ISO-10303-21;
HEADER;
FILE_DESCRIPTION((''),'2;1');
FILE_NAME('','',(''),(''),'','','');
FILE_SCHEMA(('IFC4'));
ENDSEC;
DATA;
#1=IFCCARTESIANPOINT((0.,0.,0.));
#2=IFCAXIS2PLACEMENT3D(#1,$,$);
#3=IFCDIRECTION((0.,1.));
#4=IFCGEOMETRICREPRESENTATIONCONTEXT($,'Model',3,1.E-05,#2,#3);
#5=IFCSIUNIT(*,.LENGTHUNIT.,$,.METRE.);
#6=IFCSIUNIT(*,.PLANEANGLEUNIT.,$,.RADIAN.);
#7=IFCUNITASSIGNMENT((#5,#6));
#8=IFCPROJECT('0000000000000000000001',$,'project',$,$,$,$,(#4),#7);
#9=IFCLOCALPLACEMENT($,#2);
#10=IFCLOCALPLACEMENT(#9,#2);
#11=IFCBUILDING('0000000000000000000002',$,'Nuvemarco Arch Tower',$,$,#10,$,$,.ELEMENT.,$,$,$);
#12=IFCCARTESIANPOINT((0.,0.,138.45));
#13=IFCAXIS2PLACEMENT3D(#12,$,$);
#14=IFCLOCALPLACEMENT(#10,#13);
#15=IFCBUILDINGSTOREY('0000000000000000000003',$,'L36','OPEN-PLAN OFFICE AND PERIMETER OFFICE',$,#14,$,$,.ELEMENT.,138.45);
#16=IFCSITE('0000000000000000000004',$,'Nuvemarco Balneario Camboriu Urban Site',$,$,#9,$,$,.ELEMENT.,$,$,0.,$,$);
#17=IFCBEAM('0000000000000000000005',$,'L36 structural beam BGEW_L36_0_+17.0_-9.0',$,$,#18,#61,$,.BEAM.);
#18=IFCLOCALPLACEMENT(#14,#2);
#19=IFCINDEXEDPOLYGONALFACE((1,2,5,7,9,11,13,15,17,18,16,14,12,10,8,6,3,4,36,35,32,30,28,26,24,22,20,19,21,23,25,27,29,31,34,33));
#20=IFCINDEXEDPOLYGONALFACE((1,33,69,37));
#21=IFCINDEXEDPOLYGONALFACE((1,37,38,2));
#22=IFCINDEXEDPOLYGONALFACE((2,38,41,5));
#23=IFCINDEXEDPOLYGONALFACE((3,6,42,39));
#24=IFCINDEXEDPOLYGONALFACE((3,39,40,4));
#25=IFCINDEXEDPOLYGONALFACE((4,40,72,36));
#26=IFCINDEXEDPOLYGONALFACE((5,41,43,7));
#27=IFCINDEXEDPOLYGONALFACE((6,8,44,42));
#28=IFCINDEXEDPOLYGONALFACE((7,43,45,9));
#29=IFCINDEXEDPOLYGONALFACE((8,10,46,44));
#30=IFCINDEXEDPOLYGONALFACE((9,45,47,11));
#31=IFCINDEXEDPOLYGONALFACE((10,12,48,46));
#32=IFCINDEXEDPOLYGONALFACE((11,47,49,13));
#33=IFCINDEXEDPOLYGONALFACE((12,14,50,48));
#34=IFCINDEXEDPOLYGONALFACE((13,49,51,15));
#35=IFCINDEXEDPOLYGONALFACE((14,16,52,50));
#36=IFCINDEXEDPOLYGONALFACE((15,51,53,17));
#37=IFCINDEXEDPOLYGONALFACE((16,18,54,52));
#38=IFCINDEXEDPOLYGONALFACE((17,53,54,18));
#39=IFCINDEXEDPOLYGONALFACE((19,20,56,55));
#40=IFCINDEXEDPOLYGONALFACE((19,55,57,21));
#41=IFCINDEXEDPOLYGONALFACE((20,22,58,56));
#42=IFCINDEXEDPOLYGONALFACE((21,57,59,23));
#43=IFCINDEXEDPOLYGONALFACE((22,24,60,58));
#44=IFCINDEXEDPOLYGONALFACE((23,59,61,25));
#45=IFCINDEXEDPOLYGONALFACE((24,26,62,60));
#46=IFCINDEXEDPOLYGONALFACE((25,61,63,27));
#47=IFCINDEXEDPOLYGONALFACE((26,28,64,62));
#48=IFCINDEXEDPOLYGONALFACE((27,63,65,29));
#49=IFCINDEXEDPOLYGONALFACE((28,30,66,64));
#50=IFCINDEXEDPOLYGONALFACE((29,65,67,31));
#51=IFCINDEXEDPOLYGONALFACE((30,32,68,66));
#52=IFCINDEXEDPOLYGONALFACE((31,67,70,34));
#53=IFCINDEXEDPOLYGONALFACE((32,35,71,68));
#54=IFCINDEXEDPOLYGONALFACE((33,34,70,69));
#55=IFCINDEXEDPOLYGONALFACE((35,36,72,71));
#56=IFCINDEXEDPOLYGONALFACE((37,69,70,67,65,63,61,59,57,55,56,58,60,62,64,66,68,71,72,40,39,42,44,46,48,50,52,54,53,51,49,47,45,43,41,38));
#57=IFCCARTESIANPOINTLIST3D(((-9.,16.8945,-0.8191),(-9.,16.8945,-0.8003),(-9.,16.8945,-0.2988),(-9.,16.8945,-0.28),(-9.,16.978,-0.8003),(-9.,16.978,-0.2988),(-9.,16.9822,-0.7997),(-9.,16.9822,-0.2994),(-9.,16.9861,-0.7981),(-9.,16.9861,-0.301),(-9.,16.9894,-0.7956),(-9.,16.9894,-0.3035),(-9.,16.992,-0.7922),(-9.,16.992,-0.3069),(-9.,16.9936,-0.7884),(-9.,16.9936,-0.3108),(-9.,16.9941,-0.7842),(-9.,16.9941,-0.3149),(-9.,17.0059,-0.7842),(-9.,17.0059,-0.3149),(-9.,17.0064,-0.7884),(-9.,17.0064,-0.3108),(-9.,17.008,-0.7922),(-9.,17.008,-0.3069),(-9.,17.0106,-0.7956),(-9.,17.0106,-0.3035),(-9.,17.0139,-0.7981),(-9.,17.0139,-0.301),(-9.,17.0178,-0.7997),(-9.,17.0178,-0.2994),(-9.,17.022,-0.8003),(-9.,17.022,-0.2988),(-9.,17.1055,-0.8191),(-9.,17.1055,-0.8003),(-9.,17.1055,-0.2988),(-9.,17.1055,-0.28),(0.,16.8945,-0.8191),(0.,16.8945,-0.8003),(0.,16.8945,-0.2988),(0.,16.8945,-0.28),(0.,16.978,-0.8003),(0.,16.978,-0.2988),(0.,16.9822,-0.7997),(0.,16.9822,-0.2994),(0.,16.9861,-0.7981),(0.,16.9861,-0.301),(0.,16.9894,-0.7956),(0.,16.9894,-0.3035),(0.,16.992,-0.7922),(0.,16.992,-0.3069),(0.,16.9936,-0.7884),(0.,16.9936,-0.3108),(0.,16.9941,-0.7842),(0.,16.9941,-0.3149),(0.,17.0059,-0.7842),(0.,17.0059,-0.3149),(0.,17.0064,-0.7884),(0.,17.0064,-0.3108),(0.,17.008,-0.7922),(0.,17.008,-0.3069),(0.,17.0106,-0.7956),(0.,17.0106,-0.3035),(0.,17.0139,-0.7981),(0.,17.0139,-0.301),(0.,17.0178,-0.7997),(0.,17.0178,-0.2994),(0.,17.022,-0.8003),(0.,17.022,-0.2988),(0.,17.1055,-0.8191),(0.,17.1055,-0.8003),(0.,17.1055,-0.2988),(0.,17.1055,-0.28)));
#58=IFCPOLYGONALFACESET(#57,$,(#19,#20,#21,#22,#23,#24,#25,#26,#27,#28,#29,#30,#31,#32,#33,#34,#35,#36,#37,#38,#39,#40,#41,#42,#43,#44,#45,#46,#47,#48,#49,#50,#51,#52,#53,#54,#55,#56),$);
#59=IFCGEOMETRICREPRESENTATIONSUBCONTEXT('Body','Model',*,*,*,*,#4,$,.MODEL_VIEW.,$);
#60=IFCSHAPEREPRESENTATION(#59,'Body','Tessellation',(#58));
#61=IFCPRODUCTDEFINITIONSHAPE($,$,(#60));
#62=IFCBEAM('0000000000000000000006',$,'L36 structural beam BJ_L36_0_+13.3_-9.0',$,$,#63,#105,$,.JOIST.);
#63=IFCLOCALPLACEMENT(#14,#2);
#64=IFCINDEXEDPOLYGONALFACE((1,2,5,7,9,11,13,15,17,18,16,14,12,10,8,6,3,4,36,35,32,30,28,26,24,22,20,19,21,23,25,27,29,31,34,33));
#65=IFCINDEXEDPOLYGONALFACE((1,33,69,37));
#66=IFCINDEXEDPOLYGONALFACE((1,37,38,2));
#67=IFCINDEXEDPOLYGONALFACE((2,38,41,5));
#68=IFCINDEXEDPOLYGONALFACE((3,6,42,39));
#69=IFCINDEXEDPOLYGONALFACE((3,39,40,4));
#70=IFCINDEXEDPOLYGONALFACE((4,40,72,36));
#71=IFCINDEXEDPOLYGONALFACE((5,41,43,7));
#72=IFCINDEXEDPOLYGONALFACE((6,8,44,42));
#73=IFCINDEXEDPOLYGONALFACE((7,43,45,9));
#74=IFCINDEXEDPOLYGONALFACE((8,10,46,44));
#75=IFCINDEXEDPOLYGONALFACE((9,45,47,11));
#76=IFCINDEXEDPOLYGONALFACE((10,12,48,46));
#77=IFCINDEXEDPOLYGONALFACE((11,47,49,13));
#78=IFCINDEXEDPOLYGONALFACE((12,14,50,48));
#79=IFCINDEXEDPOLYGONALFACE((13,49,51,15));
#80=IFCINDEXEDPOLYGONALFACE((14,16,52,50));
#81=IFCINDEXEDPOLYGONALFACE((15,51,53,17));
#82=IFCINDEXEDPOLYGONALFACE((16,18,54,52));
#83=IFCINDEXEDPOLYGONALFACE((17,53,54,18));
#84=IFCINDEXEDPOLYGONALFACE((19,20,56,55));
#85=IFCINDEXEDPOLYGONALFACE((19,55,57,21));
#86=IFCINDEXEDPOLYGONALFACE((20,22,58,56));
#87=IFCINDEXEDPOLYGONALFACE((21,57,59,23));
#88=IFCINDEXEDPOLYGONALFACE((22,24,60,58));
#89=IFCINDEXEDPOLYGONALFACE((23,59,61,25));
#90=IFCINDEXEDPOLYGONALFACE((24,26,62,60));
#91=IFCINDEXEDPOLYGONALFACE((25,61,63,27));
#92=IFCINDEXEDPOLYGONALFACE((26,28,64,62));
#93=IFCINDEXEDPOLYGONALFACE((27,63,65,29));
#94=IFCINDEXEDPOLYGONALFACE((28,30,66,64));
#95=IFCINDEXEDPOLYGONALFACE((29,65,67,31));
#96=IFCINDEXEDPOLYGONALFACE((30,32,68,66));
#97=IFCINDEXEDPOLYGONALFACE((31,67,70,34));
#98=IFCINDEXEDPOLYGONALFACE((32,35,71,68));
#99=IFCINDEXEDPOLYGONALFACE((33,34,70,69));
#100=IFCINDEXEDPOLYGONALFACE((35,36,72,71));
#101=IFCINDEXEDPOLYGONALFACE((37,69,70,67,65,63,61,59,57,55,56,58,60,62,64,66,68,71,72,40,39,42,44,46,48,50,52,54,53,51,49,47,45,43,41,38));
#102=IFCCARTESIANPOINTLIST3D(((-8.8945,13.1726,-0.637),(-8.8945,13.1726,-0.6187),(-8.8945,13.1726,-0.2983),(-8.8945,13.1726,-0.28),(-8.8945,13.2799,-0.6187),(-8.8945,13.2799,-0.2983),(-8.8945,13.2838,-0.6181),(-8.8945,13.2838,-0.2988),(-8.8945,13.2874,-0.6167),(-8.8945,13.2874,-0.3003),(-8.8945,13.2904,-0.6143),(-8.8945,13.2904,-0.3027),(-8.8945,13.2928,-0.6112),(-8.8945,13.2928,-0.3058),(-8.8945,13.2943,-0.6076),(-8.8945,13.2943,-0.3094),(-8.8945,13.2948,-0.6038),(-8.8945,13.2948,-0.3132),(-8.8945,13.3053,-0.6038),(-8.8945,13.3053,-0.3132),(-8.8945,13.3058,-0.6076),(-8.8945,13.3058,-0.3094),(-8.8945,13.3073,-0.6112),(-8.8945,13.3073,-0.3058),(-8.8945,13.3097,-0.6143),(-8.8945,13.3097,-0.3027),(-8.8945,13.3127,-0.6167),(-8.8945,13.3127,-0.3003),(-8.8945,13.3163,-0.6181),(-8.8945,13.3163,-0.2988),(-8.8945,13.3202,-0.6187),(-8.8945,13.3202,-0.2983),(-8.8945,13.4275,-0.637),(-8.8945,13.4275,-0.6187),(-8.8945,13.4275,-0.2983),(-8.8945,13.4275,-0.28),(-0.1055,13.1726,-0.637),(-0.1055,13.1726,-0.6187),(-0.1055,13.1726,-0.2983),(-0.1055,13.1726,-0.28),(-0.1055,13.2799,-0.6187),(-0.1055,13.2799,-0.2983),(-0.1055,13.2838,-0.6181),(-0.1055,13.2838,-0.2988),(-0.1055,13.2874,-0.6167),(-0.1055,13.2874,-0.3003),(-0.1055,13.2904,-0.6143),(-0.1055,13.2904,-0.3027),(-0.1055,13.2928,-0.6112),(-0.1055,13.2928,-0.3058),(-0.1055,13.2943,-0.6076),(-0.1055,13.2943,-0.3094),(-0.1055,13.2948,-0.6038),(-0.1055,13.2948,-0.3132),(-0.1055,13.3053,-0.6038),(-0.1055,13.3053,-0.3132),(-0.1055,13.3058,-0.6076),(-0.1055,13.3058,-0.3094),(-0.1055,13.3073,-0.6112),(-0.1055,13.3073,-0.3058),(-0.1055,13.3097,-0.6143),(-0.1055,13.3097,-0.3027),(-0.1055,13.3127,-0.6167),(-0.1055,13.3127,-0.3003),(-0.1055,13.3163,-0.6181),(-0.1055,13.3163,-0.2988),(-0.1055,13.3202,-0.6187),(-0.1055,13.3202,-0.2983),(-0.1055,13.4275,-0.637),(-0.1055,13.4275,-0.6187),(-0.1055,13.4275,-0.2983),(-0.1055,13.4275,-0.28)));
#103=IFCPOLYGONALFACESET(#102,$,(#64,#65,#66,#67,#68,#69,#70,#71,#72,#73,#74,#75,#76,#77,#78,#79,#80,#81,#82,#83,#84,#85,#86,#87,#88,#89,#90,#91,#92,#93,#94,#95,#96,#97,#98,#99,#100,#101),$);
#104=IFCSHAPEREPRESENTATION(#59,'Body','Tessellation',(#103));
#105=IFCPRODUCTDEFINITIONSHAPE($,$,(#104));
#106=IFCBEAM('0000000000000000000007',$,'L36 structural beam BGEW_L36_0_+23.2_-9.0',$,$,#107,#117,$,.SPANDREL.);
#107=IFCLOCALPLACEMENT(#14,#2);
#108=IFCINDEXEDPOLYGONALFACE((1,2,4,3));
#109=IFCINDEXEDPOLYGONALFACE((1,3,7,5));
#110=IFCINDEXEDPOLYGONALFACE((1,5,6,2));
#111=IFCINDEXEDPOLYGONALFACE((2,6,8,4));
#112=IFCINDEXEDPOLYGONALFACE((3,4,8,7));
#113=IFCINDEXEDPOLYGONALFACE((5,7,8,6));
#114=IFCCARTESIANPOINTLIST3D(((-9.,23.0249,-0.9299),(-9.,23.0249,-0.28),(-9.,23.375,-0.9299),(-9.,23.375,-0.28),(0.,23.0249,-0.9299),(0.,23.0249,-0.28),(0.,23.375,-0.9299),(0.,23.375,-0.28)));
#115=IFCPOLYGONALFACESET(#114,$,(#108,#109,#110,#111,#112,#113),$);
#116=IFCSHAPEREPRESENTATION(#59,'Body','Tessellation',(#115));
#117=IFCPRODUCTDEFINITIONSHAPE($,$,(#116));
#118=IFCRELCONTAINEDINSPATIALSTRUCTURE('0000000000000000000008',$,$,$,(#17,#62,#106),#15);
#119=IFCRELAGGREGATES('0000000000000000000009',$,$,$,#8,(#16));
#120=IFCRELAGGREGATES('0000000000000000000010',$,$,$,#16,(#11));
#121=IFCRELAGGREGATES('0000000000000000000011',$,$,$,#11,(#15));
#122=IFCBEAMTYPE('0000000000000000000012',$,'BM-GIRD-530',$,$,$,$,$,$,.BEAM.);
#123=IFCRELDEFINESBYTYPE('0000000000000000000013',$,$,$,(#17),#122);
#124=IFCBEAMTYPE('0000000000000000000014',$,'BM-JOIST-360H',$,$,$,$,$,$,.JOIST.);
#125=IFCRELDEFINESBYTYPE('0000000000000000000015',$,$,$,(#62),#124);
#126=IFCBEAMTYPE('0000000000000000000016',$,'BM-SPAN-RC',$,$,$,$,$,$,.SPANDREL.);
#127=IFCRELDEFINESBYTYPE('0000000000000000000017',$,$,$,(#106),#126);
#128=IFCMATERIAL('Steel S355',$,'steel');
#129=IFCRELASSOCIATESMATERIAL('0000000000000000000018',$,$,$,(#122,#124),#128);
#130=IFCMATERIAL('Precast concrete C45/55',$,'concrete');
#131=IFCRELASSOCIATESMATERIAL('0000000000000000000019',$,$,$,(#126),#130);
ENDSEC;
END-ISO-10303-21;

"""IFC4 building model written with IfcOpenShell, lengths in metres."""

from ifc_helpers import new_model, si_unit, direction, frame, origin, origin_2d, place, context, subcontext, project, spatial, rectangle, i_section, extrude, material, material_profile, profile_set, type_object, element, save


model = new_model("IFC4")

# Units and contexts
model_context = context("Model", 3, precision=1e-05, world=origin(), true_north=direction((0.0, 1.0)))
body_context = subcontext(model_context, "Body", "Model", "MODEL_VIEW")
ifc_project = project(units=[si_unit("LENGTHUNIT", "METRE"), si_unit("PLANEANGLEUNIT", "RADIAN")], contexts=[model_context])

# Site, building, storey
site_placement = place(None, origin())
site = spatial("IfcSite", under=ifc_project, at=site_placement, Name="Nuvemarco Balneario Camboriu Urban Site", CompositionType="ELEMENT", RefElevation=0.0)
building_placement = place(site_placement, origin())
building = spatial("IfcBuilding", under=site, at=building_placement, Name="Nuvemarco Arch Tower", CompositionType="ELEMENT")
storey_placement = place(building_placement, frame((0.0, 0.0, 138.45)))
storey = spatial("IfcBuildingStorey", under=building, at=storey_placement, Name="L36", Description="OPEN-PLAN OFFICE AND PERIMETER OFFICE", CompositionType="ELEMENT", Elevation=138.45)

# Shared definitions
ifc_material_1 = material(Name="Steel S355", Category="steel")

# Beams
ifc_material_profile_1 = material_profile(ifc_material_1, i_section(OverallWidth=0.2109, OverallDepth=0.5391, WebThickness=0.0117, FlangeThickness=0.0188, FilletRadius=0.0161, at=origin_2d()), Name="W530x109")
ifc_profile_set_1 = profile_set([ifc_material_profile_1], Name="Steel S355")
beam_type_1 = type_object("IfcBeamType", Name="BM-GIRD-530", PredefinedType="BEAM", material=ifc_profile_set_1)
beam_1_placement = place(storey_placement, frame((-9.0, 17.0, -0.5496), z_axis=(1.0, 0.0, 0.0), x_axis=(0.0, 1.0, 0.0)))
element("IfcBeam", 1, at=beam_1_placement, inside=storey, type_object=beam_type_1, Name="L36 structural beam BGEW_L36_0_+17.0_-9.0", PredefinedType="BEAM", context=body_context, shape_type="SweptSolid", body=[
    extrude(i_section(OverallWidth=0.2109, OverallDepth=0.5391, WebThickness=0.0117, FlangeThickness=0.0188, FilletRadius=0.0161, at=origin_2d()), origin(), (0.0, 0.0, 1.0), 9.0),
])
ifc_material_profile_2 = material_profile(ifc_material_1, i_section(OverallWidth=0.2549, OverallDepth=0.3569, WebThickness=0.0105, FlangeThickness=0.0183, FilletRadius=0.0149, at=origin_2d()), Name="W360x101")
ifc_profile_set_2 = profile_set([ifc_material_profile_2], Name="Steel S355")
beam_type_2 = type_object("IfcBeamType", Name="BM-JOIST-360H", PredefinedType="JOIST", material=ifc_profile_set_2)
beam_2_placement = place(storey_placement, frame((-8.8945, 13.3, -0.4585), z_axis=(1.0, 0.0, 0.0), x_axis=(0.0, 1.0, 0.0)))
element("IfcBeam", 2, at=beam_2_placement, inside=storey, type_object=beam_type_2, Name="L36 structural beam BJ_L36_0_+13.3_-9.0", PredefinedType="JOIST", context=body_context, shape_type="SweptSolid", body=[
    extrude(i_section(OverallWidth=0.2549, OverallDepth=0.3569, WebThickness=0.0105, FlangeThickness=0.0183, FilletRadius=0.0149, at=origin_2d()), origin(), (0.0, 0.0, 1.0), 8.7891),
])
ifc_material_2 = material(Name="Precast concrete C45/55", Category="concrete")
ifc_material_profile_3 = material_profile(ifc_material_2, rectangle(XDim=0.3501, YDim=0.6499, at=origin_2d()), Name="PC-SP-350x650")
ifc_profile_set_3 = profile_set([ifc_material_profile_3], Name="Precast concrete C45/55")
beam_type_3 = type_object("IfcBeamType", Name="BM-SPAN-RC", PredefinedType="SPANDREL", material=ifc_profile_set_3)
beam_3_placement = place(storey_placement, frame((-9.0, 23.2, -0.605), z_axis=(1.0, 0.0, 0.0), x_axis=(0.0, 1.0, 0.0)))
element("IfcBeam", 3, at=beam_3_placement, inside=storey, type_object=beam_type_3, Name="L36 structural beam BGEW_L36_0_+23.2_-9.0", PredefinedType="SPANDREL", context=body_context, shape_type="SweptSolid", body=[
    extrude(rectangle(XDim=0.3501, YDim=0.6499, at=origin_2d()), origin(), (0.0, 0.0, 1.0), 9.0),
])

save(model, "model.ifc")
